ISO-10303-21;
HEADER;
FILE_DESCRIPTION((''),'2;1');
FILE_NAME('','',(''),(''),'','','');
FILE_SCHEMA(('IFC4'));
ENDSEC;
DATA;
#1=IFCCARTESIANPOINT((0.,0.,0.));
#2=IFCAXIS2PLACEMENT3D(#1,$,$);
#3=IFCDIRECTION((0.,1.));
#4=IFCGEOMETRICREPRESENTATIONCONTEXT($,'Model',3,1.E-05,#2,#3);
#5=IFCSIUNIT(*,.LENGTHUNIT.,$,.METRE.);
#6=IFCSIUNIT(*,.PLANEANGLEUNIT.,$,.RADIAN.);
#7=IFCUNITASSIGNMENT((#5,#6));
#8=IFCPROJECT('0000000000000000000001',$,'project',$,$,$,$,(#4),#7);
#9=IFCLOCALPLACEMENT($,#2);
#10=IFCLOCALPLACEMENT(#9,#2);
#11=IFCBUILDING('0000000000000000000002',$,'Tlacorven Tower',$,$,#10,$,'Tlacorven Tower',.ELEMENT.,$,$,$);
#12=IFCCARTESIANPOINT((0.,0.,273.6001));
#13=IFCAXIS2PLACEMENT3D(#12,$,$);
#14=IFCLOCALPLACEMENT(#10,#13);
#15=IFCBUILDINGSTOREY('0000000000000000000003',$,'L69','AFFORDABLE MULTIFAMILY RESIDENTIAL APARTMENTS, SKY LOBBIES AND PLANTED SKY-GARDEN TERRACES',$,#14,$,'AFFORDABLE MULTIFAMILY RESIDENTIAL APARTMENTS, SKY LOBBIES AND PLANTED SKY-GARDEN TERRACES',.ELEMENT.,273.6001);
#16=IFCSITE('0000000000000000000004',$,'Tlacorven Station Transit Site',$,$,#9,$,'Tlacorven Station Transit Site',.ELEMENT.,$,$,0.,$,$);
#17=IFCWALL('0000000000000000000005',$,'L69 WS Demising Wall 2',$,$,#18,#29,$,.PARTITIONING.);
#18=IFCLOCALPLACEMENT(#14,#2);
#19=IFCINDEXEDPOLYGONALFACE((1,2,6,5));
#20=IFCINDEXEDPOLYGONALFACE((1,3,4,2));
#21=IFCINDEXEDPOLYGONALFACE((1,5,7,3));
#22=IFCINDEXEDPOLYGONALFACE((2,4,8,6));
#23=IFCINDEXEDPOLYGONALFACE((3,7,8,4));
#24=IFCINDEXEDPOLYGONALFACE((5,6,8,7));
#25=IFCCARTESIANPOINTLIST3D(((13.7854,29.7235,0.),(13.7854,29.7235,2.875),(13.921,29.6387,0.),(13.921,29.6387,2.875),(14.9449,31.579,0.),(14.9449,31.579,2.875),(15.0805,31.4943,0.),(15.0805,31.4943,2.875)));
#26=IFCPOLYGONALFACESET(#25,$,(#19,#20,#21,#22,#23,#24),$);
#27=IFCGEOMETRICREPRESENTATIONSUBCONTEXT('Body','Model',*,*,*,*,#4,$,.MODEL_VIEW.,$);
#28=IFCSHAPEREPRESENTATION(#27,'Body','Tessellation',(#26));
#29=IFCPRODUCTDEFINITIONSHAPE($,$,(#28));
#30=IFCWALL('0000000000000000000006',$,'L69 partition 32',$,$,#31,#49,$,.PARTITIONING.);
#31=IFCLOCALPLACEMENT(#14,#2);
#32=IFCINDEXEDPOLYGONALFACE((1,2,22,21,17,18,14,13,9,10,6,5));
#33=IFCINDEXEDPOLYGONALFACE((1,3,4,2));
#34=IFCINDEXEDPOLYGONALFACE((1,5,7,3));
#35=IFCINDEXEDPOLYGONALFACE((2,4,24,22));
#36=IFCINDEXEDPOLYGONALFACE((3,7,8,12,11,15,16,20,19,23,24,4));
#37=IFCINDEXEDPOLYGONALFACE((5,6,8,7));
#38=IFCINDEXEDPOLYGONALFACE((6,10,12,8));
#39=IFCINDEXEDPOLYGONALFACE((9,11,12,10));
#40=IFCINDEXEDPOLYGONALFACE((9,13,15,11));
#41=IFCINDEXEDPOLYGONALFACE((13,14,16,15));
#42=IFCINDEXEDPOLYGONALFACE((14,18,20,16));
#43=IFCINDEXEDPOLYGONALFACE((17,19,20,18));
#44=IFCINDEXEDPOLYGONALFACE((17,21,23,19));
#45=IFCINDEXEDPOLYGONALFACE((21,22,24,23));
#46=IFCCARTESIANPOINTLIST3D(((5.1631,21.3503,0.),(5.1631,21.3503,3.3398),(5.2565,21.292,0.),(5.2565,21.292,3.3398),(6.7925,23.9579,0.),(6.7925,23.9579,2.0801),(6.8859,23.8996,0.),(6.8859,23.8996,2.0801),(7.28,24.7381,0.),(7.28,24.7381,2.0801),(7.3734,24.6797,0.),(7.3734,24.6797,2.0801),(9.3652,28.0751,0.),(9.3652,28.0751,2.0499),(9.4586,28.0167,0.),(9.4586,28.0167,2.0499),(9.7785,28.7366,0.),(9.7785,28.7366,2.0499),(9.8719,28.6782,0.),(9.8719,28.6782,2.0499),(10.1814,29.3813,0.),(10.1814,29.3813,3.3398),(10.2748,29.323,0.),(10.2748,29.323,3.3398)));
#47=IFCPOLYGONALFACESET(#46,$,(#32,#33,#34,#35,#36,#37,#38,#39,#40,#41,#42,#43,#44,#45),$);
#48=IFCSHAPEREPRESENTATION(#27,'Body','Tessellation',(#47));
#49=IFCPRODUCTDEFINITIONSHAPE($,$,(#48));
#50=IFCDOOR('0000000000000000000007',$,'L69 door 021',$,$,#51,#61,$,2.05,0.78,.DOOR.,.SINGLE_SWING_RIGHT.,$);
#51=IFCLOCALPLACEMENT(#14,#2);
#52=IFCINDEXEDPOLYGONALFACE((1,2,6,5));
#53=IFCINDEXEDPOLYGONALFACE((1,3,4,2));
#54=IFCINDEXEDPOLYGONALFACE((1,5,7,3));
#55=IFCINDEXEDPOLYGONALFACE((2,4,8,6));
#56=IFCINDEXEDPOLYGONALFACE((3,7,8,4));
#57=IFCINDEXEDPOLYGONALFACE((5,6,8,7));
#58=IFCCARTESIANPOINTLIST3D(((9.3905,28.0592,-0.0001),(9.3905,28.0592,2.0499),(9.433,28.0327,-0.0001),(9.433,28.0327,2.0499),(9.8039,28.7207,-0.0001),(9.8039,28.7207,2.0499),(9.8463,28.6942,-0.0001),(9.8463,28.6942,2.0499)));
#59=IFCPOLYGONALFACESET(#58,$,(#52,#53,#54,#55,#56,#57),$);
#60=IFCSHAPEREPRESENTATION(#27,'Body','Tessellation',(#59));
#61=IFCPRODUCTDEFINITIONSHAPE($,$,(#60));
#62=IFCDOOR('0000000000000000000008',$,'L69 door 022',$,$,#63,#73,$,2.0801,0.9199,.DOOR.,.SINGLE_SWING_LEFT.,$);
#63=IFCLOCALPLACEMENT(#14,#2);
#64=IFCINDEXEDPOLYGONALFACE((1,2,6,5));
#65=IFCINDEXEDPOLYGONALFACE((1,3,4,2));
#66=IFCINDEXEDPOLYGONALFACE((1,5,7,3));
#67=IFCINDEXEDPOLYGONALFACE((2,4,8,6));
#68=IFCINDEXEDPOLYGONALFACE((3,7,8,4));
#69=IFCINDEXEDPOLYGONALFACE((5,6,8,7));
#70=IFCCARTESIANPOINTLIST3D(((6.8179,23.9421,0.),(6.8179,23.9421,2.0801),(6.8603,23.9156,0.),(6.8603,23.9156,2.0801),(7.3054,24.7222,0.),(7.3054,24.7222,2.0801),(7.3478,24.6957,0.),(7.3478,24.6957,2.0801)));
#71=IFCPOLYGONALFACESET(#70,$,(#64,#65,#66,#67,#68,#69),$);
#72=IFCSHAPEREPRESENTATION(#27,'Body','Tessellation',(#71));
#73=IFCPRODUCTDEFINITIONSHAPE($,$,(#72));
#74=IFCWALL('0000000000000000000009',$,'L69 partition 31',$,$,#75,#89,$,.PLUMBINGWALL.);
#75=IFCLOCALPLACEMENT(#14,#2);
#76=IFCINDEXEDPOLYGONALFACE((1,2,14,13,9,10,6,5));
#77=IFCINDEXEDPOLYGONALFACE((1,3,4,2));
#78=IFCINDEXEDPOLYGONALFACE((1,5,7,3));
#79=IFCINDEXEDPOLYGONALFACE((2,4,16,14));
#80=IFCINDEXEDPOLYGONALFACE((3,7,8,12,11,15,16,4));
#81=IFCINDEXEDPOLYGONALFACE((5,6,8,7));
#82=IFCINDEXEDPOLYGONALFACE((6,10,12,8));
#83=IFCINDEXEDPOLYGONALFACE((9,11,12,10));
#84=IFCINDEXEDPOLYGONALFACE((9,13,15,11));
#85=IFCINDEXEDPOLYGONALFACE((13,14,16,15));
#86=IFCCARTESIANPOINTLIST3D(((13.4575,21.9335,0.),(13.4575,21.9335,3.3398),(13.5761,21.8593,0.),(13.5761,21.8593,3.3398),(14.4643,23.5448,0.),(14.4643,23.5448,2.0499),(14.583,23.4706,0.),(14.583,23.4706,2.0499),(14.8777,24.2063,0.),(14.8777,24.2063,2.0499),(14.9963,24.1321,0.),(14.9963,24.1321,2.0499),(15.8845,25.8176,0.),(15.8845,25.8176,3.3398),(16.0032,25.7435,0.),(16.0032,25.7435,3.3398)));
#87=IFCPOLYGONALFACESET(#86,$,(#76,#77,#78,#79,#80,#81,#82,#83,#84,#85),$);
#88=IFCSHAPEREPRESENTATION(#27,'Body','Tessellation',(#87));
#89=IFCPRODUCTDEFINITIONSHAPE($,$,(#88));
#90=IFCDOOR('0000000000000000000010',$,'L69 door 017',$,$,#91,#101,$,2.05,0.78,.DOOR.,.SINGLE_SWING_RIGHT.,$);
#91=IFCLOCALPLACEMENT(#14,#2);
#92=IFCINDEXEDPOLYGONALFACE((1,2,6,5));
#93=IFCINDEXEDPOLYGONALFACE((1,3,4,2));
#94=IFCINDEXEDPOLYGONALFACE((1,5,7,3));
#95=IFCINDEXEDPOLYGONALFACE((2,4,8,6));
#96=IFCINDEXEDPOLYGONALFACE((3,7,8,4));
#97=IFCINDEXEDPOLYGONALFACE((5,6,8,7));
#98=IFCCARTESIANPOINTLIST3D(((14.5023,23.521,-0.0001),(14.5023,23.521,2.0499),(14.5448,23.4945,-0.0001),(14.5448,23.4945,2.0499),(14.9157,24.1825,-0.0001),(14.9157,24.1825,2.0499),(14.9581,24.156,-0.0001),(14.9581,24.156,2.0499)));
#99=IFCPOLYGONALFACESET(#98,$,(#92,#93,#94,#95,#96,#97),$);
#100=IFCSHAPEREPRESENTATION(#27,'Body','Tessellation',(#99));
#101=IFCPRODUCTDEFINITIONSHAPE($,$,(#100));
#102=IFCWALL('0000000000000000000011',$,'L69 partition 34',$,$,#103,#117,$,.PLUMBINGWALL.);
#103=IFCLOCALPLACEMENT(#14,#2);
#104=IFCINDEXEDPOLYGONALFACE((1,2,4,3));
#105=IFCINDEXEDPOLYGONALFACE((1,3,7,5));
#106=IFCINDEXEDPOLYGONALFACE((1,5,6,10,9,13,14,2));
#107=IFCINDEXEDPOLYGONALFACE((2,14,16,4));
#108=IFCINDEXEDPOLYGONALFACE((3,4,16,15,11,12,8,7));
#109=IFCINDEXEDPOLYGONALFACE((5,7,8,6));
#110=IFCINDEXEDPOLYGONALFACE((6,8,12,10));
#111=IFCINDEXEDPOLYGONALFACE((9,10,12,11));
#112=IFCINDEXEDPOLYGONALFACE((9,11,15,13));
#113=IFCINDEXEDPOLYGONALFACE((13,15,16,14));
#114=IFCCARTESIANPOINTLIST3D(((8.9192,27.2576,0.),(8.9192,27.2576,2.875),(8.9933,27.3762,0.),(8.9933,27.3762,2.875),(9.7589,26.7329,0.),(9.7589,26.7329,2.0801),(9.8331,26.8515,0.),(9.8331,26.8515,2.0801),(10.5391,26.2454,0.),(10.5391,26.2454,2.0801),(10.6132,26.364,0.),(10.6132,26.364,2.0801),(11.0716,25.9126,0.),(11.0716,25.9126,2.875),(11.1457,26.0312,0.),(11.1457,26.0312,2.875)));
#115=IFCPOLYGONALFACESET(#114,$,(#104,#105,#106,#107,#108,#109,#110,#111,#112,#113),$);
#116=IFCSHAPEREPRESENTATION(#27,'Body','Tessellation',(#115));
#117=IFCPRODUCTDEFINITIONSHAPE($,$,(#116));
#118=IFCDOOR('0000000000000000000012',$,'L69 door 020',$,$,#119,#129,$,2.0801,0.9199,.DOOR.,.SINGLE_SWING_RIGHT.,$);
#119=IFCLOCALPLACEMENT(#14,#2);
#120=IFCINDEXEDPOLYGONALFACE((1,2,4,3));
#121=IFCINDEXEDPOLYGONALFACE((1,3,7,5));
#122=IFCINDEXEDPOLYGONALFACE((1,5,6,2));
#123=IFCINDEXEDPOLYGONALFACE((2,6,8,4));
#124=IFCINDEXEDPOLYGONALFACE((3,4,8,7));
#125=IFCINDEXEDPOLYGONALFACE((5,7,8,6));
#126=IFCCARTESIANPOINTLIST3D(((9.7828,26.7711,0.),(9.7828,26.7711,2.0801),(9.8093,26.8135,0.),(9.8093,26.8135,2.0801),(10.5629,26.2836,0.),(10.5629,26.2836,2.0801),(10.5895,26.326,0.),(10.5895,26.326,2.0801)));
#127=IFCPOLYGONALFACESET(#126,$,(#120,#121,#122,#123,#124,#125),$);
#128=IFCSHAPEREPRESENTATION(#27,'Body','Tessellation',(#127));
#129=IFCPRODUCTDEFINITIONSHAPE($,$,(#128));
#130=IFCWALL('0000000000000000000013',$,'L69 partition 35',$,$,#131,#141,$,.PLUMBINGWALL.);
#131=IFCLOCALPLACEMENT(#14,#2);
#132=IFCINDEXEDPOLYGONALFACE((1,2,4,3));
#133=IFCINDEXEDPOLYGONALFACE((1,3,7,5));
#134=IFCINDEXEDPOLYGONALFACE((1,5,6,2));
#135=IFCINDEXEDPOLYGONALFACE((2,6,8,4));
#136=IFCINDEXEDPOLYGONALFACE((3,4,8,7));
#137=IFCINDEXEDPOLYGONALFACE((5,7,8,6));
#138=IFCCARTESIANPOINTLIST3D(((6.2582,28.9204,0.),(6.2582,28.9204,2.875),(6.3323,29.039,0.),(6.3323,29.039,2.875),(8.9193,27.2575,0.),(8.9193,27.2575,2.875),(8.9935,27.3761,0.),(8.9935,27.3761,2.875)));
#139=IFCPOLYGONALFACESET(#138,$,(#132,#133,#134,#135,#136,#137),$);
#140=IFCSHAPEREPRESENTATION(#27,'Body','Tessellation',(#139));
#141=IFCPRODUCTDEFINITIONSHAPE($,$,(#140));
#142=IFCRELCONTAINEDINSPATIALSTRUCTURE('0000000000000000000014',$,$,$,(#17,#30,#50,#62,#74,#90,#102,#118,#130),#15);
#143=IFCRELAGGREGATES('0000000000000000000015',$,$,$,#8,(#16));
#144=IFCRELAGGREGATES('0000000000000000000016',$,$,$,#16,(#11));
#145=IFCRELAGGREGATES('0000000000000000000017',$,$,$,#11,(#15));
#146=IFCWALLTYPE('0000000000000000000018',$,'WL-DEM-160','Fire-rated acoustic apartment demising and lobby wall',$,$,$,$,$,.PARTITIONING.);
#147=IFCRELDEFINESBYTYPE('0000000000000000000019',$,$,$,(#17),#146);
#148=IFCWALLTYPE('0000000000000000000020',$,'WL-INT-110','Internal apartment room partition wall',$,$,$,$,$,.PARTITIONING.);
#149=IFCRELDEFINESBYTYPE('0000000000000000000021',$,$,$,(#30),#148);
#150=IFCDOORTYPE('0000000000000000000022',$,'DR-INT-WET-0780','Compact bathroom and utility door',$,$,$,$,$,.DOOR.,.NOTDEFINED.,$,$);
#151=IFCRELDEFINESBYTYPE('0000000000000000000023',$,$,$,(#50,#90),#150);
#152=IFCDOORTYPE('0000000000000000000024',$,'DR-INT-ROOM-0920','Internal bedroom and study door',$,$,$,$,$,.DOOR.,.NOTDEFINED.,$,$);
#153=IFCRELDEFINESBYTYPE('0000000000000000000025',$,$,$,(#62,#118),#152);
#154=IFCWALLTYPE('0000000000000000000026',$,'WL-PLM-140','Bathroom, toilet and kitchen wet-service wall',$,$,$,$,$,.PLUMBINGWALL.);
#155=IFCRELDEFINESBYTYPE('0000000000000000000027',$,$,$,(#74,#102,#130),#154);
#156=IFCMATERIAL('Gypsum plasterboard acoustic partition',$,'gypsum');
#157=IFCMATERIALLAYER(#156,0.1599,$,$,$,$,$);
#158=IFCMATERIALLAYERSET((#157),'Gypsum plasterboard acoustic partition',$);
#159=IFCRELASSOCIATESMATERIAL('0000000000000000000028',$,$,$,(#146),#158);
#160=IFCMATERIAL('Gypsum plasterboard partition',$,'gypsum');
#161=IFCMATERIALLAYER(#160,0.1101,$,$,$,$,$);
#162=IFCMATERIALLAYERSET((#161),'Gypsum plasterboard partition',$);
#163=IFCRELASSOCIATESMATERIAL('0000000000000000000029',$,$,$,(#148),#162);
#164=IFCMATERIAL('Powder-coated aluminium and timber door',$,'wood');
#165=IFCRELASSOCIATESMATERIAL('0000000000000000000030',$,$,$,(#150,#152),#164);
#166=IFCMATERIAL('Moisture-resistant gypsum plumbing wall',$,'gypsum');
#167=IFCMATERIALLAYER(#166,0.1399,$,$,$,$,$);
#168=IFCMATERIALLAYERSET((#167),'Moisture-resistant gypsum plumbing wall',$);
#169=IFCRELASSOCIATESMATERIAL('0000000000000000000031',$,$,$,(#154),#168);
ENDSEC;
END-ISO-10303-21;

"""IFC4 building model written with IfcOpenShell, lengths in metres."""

from ifc_helpers import new_model, si_unit, direction, frame, frame_2d, origin, place, context, subcontext, project, spatial, rectangle, extrude, source, transform, mapped, material, layer, layer_set, type_object, element, fill, save


model = new_model("IFC4")

# Units and contexts
model_context = context("Model", 3, precision=1e-05, world=origin(), true_north=direction((0.0, 1.0)))
body_context = subcontext(model_context, "Body", "Model", "MODEL_VIEW")
ifc_project = project(units=[si_unit("LENGTHUNIT", "METRE"), si_unit("PLANEANGLEUNIT", "RADIAN")], contexts=[model_context])

# Site, building, storey
site_placement = place(None, origin())
site = spatial("IfcSite", under=ifc_project, at=site_placement, Name="Tlacorven Station Transit Site", LongName="Tlacorven Station Transit Site", CompositionType="ELEMENT", RefElevation=0.0)
building_placement = place(site_placement, origin())
building = spatial("IfcBuilding", under=site, at=building_placement, Name="Tlacorven Tower", LongName="Tlacorven Tower", CompositionType="ELEMENT")
storey_placement = place(building_placement, frame((0.0, 0.0, 273.6001)))
storey = spatial("IfcBuildingStorey", under=building, at=storey_placement, Name="L69", Description="AFFORDABLE MULTIFAMILY RESIDENTIAL APARTMENTS, SKY LOBBIES AND PLANTED SKY-GARDEN TERRACES", LongName="AFFORDABLE MULTIFAMILY RESIDENTIAL APARTMENTS, SKY LOBBIES AND PLANTED SKY-GARDEN TERRACES", CompositionType="ELEMENT", Elevation=273.6001)

# Wall
ifc_material_1 = material(Name="Gypsum plasterboard acoustic partition", Category="gypsum")
ifc_layer_1 = layer(ifc_material_1, 0.1599)
ifc_layer_set_1 = layer_set([ifc_layer_1], Name="Gypsum plasterboard acoustic partition")
wall_type_1 = type_object("IfcWallType", Name="WL-DEM-160", Description="Fire-rated acoustic apartment demising and lobby wall", PredefinedType="PARTITIONING", material=ifc_layer_set_1)
wall_1_placement = place(storey_placement, frame((15.0127, 31.5366, 0.0), z_axis=(0.0, 0.0, 1.0), x_axis=(-0.529919, -0.848048, 0.0)))
element("IfcWall", 1, at=wall_1_placement, inside=storey, type_object=wall_type_1, Name="L69 WS Demising Wall 2", PredefinedType="PARTITIONING", context=body_context, shape_type="SweptSolid", body=[
    extrude(rectangle(XDim=2.188, YDim=0.1599, at=frame_2d((1.094, 0.0))), origin(), (0.0, 0.0, 1.0), 2.875),
])

# Wall, openings, doors
ifc_material_2 = material(Name="Gypsum plasterboard partition", Category="gypsum")
ifc_layer_2 = layer(ifc_material_2, 0.1101)
ifc_layer_set_2 = layer_set([ifc_layer_2], Name="Gypsum plasterboard partition")
wall_type_2 = type_object("IfcWallType", Name="WL-INT-110", Description="Internal apartment room partition wall", PredefinedType="PARTITIONING", material=ifc_layer_set_2)
wall_2_placement = place(storey_placement, frame((10.228, 29.3521, 0.0), z_axis=(0.0, 0.0, 1.0), x_axis=(-0.529918, -0.848049, 0.0)))
wall_2 = element("IfcWall", 2, at=wall_2_placement, inside=storey, type_object=wall_type_2, Name="L69 partition 32", PredefinedType="PARTITIONING", context=body_context, shape_type="SweptSolid", body=[
    extrude(rectangle(XDim=9.47, YDim=0.1101, at=frame_2d((4.7349, 0.0))), origin(), (0.0, 0.0, 1.0), 3.3398),
])
opening_1_placement = place(wall_2_placement, frame((0.76, 0.0, 0.0)))
opening_1 = element("IfcOpeningElement", 3, at=opening_1_placement, cuts=wall_2, PredefinedType="OPENING", context=body_context, shape_type="SweptSolid", body=[
    extrude(rectangle(XDim=0.78, YDim=2.05, at=frame_2d((0.3901, 1.0249))), frame((0.0, 0.0649, 0.0), z_axis=(0.0, -1.0, 0.0), x_axis=(1.0, 0.0, 0.0)), (0.0, 0.0, 1.0), 0.1301),
])
opening_2_placement = place(wall_2_placement, frame((5.4751, 0.0, 0.0)))
opening_2 = element("IfcOpeningElement", 4, at=opening_2_placement, cuts=wall_2, PredefinedType="OPENING", context=body_context, shape_type="SweptSolid", body=[
    extrude(rectangle(XDim=0.9199, YDim=2.0801, at=frame_2d((0.46, 1.04))), frame((0.0, 0.0649, 0.0), z_axis=(0.0, -1.0, 0.0), x_axis=(1.0, 0.0, 0.0)), (0.0, 0.0, 1.0), 0.1301),
])
ifc_material_3 = material(Name="Powder-coated aluminium and timber door", Category="wood")
door_type_1 = type_object("IfcDoorType", Name="DR-INT-WET-0780", Description="Compact bathroom and utility door", OperationType="NOTDEFINED", PredefinedType="DOOR", material=ifc_material_3)
shared_shape_1 = source(origin(), body_context, "Body", "SweptSolid", [
    extrude(rectangle(XDim=0.78, YDim=2.05, at=frame_2d((0.3901, 1.0249))), frame((0.0, 0.0249, 0.0), z_axis=(0.0, -1.0, 0.0), x_axis=(1.0, 0.0, 0.0)), (0.0, 0.0, 1.0), 0.05),
])
door_1_placement = place(opening_1_placement, origin())
door_1 = element("IfcDoor", 5, at=door_1_placement, inside=storey, type_object=door_type_1, Name="L69 door 021", OperationType="SINGLE_SWING_RIGHT", OverallHeight=2.05, OverallWidth=0.78, PredefinedType="DOOR", context=body_context, shape_type="MappedRepresentation", body=[
    mapped(shared_shape_1, transform((0.0, 0.0, 0.0), scale=1.0)),
])
fill(opening_1, door_1)
door_type_2 = type_object("IfcDoorType", Name="DR-INT-ROOM-0920", Description="Internal bedroom and study door", OperationType="NOTDEFINED", PredefinedType="DOOR", material=ifc_material_3)
shared_shape_2 = source(origin(), body_context, "Body", "SweptSolid", [
    extrude(rectangle(XDim=0.9199, YDim=2.0801, at=frame_2d((0.46, 1.04))), frame((0.0, 0.0249, 0.0), z_axis=(0.0, -1.0, 0.0), x_axis=(1.0, 0.0, 0.0)), (0.0, 0.0, 1.0), 0.05),
])
door_2_placement = place(opening_2_placement, origin())
door_2 = element("IfcDoor", 6, at=door_2_placement, inside=storey, type_object=door_type_2, Name="L69 door 022", OperationType="SINGLE_SWING_LEFT", OverallHeight=2.0801, OverallWidth=0.9199, PredefinedType="DOOR", context=body_context, shape_type="MappedRepresentation", body=[
    mapped(shared_shape_2, transform((0.0, 0.0, 0.0), scale=1.0)),
])
fill(opening_2, door_2)

# Walls, openings, doors
ifc_material_4 = material(Name="Moisture-resistant gypsum plumbing wall", Category="gypsum")
ifc_layer_3 = layer(ifc_material_4, 0.1399)
ifc_layer_set_3 = layer_set([ifc_layer_3], Name="Moisture-resistant gypsum plumbing wall")
wall_type_3 = type_object("IfcWallType", Name="WL-PLM-140", Description="Bathroom, toilet and kitchen wet-service wall", PredefinedType="PLUMBINGWALL", material=ifc_layer_set_3)
wall_3_placement = place(storey_placement, frame((15.9438, 25.7805, 0.0), z_axis=(0.0, 0.0, 1.0), x_axis=(-0.529917, -0.848049, 0.0)))
wall_3 = element("IfcWall", 7, at=wall_3_placement, inside=storey, type_object=wall_type_3, Name="L69 partition 31", PredefinedType="PLUMBINGWALL", context=body_context, shape_type="SweptSolid", body=[
    extrude(rectangle(XDim=4.5801, YDim=0.1399, at=frame_2d((2.29, 0.0))), origin(), (0.0, 0.0, 1.0), 3.3398),
])
opening_3_placement = place(wall_3_placement, frame((1.8999, 0.0, 0.0)))
opening_3 = element("IfcOpeningElement", 8, at=opening_3_placement, cuts=wall_3, PredefinedType="OPENING", context=body_context, shape_type="SweptSolid", body=[
    extrude(rectangle(XDim=0.78, YDim=2.05, at=frame_2d((0.3901, 1.0249))), frame((0.0, 0.0801, 0.0), z_axis=(0.0, -1.0, 0.0), x_axis=(1.0, 0.0, 0.0)), (0.0, 0.0, 1.0), 0.1599),
])
door_3_placement = place(opening_3_placement, origin())
door_3 = element("IfcDoor", 9, at=door_3_placement, inside=storey, type_object=door_type_1, Name="L69 door 017", OperationType="SINGLE_SWING_RIGHT", OverallHeight=2.05, OverallWidth=0.78, PredefinedType="DOOR", context=body_context, shape_type="MappedRepresentation", body=[
    mapped(shared_shape_1, transform((0.0, 0.0, 0.0), scale=1.0)),
])
fill(opening_3, door_3)
wall_4_placement = place(storey_placement, frame((11.1086, 25.9719, 0.0), z_axis=(0.0, 0.0, 1.0), x_axis=(-0.848042, 0.52993, 0.0)))
wall_4 = element("IfcWall", 10, at=wall_4_placement, inside=storey, type_object=wall_type_3, Name="L69 partition 34", PredefinedType="PLUMBINGWALL", context=body_context, shape_type="SweptSolid", body=[
    extrude(rectangle(XDim=2.5381, YDim=0.1399, at=frame_2d((1.269, 0.0))), origin(), (0.0, 0.0, 1.0), 2.875),
])
opening_4_placement = place(wall_4_placement, frame((0.6279, 0.0, 0.0)))
opening_4 = element("IfcOpeningElement", 11, at=opening_4_placement, cuts=wall_4, PredefinedType="OPENING", context=body_context, shape_type="SweptSolid", body=[
    extrude(rectangle(XDim=0.9199, YDim=2.0801, at=frame_2d((0.46, 1.04))), frame((0.0, 0.0801, 0.0), z_axis=(0.0, -1.0, 0.0), x_axis=(1.0, 0.0, 0.0)), (0.0, 0.0, 1.0), 0.1599),
])
door_4_placement = place(opening_4_placement, origin())
door_4 = element("IfcDoor", 12, at=door_4_placement, inside=storey, type_object=door_type_2, Name="L69 door 020", OperationType="SINGLE_SWING_RIGHT", OverallHeight=2.0801, OverallWidth=0.9199, PredefinedType="DOOR", context=body_context, shape_type="MappedRepresentation", body=[
    mapped(shared_shape_2, transform((0.0, 0.0, 0.0), scale=1.0)),
])
fill(opening_4, door_4)

# Wall
wall_5_placement = place(storey_placement, frame((8.9563, 27.3169, 0.0), z_axis=(0.0, 0.0, 1.0), x_axis=(-0.848051, 0.529915, 0.0)))
element("IfcWall", 13, at=wall_5_placement, inside=storey, type_object=wall_type_3, Name="L69 partition 35", PredefinedType="PLUMBINGWALL", context=body_context, shape_type="SweptSolid", body=[
    extrude(rectangle(XDim=3.1379, YDim=0.1399, at=frame_2d((1.5688, 0.0))), origin(), (0.0, 0.0, 1.0), 2.875),
])

save(model, "model.ifc")
